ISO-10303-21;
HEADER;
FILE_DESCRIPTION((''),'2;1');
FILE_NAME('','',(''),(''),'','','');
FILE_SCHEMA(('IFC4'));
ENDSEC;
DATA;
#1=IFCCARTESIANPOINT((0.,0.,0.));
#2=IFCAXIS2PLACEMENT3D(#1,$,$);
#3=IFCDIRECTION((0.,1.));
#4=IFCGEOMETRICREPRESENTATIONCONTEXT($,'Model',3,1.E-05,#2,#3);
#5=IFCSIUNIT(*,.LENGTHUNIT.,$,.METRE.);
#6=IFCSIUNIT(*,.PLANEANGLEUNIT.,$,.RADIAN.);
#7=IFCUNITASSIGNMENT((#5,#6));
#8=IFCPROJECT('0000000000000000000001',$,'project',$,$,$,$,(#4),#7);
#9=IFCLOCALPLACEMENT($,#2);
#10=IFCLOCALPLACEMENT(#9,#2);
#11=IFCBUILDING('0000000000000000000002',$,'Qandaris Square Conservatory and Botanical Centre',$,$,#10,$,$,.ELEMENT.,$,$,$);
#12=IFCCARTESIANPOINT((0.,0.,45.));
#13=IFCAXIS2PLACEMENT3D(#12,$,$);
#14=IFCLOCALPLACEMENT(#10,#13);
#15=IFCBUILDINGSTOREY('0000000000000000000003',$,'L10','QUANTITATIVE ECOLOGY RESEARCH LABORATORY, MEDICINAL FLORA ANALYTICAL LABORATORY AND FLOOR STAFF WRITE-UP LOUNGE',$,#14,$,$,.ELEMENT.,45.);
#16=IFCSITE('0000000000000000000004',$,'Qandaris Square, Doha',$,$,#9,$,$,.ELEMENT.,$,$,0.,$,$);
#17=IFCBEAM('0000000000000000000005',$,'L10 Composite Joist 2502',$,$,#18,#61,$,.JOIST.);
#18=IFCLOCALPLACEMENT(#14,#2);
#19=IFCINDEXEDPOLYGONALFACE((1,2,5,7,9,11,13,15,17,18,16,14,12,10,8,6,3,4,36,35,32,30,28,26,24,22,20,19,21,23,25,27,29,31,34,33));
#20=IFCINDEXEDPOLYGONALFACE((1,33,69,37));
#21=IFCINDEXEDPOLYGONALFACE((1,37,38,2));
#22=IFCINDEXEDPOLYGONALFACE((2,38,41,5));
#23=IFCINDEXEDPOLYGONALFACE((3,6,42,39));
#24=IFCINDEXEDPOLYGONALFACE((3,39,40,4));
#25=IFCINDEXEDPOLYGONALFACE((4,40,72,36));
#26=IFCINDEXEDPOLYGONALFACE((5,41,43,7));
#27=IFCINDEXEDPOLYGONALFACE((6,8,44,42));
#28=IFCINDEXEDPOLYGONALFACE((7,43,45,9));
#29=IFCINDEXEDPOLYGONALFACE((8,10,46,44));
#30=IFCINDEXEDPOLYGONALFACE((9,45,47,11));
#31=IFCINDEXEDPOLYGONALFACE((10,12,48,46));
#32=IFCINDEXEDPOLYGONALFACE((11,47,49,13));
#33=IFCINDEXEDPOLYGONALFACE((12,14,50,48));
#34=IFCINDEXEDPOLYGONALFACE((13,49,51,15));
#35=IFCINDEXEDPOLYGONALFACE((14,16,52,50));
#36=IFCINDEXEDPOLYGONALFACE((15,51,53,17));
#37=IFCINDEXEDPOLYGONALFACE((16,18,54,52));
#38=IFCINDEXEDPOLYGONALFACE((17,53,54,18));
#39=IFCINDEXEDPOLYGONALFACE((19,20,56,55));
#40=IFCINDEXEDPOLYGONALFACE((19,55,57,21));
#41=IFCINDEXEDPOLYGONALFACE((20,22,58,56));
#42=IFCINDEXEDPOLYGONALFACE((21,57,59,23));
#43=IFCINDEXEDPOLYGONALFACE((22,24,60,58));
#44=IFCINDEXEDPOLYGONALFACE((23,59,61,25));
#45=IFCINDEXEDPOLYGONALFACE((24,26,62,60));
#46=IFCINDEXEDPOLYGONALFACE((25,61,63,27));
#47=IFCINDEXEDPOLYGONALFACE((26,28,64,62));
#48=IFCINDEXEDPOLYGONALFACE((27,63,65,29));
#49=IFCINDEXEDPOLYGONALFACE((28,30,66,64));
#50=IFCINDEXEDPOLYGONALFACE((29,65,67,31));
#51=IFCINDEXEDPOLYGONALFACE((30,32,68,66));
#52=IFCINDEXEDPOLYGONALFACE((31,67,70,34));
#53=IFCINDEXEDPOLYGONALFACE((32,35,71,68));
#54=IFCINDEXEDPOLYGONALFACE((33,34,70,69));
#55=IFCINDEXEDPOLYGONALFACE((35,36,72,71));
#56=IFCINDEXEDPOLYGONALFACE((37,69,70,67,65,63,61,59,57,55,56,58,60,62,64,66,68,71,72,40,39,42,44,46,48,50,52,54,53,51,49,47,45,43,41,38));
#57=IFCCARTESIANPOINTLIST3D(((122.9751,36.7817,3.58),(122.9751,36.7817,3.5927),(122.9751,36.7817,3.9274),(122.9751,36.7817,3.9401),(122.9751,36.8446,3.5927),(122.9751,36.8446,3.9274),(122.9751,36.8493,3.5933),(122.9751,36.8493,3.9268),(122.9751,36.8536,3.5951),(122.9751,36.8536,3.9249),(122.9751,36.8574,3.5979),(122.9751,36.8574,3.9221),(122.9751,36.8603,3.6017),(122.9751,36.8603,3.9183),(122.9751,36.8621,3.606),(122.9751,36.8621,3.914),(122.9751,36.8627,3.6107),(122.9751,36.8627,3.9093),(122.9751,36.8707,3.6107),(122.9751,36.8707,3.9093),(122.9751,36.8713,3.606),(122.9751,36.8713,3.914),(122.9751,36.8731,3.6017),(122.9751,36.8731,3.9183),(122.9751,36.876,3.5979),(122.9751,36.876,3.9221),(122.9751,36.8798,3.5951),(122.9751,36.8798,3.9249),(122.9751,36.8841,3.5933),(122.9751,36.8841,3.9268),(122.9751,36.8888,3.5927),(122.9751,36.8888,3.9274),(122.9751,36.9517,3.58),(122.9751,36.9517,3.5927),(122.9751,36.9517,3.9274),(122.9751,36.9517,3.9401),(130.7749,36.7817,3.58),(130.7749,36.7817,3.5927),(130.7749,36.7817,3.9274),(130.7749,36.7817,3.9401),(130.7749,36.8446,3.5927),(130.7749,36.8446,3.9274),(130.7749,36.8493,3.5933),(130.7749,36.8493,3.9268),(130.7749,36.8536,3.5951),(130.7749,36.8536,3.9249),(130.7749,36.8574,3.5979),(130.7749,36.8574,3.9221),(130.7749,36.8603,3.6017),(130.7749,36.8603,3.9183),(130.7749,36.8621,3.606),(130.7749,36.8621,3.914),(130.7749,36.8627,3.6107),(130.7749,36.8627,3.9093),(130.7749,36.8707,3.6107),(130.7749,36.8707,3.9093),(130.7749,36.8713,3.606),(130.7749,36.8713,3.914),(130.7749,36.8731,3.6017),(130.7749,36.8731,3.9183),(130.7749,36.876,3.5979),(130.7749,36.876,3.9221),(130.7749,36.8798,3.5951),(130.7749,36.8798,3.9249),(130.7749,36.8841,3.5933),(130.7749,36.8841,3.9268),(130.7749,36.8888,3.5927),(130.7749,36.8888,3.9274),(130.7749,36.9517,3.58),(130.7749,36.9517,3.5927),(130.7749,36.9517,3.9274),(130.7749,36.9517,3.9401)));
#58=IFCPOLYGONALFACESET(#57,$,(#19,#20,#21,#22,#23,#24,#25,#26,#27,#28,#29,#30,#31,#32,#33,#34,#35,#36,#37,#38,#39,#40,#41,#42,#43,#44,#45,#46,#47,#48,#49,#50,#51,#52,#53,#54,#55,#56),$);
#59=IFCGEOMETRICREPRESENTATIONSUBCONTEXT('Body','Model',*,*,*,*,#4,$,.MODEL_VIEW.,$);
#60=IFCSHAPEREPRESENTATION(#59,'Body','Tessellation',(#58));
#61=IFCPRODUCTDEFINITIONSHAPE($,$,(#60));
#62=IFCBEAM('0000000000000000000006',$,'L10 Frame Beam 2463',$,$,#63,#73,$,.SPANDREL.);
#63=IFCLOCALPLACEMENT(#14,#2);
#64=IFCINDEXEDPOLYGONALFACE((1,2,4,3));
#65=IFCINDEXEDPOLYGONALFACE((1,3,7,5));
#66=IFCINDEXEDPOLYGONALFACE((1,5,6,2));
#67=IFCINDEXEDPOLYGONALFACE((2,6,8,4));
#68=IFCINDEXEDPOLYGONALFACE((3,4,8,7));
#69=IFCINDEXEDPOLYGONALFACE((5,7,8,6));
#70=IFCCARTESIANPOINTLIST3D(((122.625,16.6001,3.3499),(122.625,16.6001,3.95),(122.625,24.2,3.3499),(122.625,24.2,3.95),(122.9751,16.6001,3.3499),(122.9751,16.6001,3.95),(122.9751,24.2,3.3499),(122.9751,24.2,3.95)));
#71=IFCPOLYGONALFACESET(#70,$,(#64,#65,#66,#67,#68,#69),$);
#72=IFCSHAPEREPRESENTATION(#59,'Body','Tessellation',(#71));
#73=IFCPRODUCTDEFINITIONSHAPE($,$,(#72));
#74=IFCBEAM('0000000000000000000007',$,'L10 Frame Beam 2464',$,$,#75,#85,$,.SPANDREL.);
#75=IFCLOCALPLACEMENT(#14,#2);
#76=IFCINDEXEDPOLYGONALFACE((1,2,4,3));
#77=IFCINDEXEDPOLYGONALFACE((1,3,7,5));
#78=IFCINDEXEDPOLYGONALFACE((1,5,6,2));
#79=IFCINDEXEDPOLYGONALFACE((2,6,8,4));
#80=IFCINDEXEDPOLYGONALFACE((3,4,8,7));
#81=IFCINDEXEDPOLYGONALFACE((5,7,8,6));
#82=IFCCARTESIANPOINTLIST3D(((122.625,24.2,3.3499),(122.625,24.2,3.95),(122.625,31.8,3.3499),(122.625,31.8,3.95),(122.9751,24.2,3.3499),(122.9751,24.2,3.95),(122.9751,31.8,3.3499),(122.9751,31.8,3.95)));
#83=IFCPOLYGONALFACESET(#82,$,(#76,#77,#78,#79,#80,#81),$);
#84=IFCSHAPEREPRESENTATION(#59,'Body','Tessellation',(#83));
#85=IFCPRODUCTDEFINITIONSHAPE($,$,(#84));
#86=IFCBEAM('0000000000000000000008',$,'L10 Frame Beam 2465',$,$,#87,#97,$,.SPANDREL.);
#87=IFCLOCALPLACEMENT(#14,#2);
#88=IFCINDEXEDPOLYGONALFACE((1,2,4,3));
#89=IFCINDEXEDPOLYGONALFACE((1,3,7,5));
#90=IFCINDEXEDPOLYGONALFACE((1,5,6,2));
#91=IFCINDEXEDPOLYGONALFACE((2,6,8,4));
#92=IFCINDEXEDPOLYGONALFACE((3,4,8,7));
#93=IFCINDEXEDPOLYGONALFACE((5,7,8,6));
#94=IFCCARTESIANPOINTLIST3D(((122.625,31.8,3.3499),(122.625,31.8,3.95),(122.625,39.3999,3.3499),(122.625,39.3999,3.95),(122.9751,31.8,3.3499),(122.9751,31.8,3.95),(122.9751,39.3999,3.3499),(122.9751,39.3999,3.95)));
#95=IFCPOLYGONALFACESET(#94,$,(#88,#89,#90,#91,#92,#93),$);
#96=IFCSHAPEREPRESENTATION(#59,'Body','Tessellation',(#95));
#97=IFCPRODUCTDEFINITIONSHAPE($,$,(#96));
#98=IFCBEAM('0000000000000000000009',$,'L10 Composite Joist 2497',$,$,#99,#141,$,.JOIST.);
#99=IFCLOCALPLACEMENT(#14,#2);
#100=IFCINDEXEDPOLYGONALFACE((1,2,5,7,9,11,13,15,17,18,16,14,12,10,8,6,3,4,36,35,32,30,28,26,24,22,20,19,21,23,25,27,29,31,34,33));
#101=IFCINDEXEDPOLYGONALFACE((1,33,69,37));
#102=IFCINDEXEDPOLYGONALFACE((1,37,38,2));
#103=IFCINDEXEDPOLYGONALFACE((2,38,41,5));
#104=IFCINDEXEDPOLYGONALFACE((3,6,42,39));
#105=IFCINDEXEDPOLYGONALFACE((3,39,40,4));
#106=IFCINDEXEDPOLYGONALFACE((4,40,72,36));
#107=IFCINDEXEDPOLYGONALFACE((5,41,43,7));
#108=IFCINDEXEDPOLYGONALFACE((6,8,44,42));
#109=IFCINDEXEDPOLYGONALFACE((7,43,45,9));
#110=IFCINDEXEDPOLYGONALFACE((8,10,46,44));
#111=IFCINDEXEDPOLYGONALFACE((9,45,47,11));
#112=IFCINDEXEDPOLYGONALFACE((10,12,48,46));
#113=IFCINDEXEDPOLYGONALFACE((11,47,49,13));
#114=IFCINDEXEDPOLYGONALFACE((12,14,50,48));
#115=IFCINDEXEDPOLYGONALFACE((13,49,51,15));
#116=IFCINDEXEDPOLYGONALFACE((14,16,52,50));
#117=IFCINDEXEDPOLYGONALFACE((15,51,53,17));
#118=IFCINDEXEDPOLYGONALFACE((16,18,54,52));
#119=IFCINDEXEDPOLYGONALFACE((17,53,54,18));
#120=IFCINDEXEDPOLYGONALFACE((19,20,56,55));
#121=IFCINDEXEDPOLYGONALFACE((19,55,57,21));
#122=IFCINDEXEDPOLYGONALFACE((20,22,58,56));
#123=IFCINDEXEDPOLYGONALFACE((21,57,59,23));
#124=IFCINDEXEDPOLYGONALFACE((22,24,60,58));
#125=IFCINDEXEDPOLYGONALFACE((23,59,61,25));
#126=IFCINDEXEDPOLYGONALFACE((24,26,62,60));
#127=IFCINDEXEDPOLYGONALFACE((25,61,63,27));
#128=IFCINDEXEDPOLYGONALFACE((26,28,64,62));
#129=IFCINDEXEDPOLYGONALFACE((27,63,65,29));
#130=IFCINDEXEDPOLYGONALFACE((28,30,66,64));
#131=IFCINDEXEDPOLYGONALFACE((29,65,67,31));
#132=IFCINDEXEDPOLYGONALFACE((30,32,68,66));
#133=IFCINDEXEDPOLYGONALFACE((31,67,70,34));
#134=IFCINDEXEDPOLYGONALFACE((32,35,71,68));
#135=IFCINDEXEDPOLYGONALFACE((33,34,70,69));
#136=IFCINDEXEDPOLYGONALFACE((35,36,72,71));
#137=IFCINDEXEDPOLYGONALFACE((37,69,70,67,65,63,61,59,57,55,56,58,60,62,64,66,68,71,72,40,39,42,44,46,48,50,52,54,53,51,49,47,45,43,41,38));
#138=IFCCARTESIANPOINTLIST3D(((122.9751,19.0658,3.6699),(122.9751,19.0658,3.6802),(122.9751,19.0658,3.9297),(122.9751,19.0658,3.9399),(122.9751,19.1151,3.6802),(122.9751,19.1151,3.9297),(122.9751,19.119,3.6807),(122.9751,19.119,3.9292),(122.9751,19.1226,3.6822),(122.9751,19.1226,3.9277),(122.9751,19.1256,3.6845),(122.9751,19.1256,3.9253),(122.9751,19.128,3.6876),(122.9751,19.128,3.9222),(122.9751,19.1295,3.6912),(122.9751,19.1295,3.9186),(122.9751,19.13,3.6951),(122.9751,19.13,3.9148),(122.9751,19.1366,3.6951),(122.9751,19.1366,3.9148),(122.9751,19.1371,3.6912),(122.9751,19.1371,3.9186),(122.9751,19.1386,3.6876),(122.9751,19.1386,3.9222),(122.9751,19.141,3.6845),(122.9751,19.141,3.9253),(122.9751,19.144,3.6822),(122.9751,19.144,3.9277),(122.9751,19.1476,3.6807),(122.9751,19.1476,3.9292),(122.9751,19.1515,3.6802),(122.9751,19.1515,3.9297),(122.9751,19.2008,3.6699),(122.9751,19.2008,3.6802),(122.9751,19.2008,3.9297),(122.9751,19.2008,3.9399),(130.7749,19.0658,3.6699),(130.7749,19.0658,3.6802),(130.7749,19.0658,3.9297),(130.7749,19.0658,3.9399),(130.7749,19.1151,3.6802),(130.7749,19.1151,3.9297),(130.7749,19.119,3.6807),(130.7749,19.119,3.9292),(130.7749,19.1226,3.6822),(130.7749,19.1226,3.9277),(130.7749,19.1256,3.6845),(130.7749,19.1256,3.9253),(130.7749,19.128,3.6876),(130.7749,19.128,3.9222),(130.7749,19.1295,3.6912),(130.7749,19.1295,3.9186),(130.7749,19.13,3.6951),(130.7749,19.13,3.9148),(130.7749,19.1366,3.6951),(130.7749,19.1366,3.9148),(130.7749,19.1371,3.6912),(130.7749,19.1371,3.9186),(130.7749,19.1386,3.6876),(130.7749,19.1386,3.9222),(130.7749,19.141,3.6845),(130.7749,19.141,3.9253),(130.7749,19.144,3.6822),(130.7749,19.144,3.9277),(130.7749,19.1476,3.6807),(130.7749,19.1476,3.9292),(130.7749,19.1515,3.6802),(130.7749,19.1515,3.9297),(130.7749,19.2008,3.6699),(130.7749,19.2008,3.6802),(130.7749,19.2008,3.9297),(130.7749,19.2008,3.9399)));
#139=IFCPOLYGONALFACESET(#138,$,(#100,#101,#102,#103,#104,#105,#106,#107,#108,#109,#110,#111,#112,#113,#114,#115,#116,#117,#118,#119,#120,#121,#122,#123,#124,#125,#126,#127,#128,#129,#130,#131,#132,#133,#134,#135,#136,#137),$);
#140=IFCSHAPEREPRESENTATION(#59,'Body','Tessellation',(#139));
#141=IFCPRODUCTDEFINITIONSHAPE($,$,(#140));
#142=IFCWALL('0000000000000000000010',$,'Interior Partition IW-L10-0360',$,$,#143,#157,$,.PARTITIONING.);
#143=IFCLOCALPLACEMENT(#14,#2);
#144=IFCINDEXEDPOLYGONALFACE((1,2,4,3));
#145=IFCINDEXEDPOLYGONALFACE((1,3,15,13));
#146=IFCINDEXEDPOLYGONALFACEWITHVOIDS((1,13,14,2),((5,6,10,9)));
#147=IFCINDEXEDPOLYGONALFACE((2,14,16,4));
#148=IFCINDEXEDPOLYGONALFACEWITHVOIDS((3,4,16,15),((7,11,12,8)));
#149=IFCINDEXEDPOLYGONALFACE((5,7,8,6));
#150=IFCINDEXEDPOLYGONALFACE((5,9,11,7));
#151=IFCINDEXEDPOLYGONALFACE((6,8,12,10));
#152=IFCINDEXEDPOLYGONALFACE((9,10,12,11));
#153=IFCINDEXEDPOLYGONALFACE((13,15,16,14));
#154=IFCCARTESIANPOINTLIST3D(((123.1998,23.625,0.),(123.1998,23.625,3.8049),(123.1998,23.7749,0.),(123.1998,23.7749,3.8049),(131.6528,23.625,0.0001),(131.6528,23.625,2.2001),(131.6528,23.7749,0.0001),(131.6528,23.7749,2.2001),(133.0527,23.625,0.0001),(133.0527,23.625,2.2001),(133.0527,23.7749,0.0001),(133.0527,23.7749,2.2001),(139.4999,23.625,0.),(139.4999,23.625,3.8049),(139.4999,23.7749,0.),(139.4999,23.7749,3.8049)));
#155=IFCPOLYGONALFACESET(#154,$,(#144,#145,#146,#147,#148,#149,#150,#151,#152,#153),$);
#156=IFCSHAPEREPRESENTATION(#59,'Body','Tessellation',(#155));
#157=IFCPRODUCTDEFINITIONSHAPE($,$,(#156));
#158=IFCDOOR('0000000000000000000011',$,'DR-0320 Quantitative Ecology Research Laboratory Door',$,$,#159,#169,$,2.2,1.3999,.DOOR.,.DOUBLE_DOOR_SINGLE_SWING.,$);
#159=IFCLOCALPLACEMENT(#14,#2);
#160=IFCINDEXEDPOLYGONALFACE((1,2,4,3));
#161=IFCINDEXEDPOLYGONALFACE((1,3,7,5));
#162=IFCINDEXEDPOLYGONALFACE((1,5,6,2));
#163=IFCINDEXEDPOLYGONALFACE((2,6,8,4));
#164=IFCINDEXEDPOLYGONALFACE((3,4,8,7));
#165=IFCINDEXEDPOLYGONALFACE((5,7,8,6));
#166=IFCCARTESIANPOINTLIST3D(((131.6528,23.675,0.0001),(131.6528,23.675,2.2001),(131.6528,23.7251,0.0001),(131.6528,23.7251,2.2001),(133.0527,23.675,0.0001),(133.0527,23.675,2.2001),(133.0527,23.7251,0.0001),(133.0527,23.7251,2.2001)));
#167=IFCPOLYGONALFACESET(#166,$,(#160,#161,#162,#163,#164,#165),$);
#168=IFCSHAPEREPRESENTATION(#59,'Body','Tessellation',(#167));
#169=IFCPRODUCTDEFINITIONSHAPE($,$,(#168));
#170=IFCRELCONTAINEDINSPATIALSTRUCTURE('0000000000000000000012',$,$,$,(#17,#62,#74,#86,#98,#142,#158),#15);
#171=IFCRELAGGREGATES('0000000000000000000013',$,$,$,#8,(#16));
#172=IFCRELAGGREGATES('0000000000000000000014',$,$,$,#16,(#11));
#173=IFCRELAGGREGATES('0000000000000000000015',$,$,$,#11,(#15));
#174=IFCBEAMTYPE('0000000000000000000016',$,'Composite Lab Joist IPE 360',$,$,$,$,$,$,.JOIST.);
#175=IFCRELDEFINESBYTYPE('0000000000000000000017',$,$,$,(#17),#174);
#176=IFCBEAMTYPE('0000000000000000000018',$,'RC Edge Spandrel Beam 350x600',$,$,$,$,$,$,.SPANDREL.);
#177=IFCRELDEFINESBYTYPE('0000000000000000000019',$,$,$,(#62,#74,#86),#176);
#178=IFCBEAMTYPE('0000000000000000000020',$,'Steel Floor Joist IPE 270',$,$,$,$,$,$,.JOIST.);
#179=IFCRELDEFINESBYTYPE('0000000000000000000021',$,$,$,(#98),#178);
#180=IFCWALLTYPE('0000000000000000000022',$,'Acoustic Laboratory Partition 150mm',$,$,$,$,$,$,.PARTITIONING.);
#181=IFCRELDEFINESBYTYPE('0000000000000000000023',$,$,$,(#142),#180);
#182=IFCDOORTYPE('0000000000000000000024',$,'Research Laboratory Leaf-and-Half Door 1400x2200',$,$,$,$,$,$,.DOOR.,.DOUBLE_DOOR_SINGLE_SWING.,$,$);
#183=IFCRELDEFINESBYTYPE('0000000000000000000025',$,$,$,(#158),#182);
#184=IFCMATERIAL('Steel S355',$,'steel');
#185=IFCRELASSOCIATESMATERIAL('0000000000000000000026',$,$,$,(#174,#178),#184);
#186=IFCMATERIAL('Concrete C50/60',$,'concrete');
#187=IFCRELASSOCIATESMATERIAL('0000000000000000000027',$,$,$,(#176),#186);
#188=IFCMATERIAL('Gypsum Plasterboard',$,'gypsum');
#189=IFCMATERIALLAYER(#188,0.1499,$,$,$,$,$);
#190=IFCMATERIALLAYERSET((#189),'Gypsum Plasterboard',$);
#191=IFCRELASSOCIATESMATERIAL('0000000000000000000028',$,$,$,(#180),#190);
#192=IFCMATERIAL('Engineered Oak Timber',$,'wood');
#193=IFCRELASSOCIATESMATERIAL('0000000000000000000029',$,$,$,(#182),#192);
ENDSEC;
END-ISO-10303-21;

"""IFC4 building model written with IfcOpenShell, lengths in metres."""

from ifc_helpers import new_model, si_unit, direction, frame, frame_2d, origin, origin_2d, place, context, subcontext, project, spatial, rectangle, i_section, extrude, material, layer, layer_set, material_profile, profile_set, type_object, element, fill, save


model = new_model("IFC4")

# Units and contexts
model_context = context("Model", 3, precision=1e-05, world=origin(), true_north=direction((0.0, 1.0)))
body_context = subcontext(model_context, "Body", "Model", "MODEL_VIEW")
ifc_project = project(units=[si_unit("LENGTHUNIT", "METRE"), si_unit("PLANEANGLEUNIT", "RADIAN")], contexts=[model_context])

# Site, building, storey
site_placement = place(None, origin())
site = spatial("IfcSite", under=ifc_project, at=site_placement, Name="Qandaris Square, Doha", CompositionType="ELEMENT", RefElevation=0.0)
building_placement = place(site_placement, origin())
building = spatial("IfcBuilding", under=site, at=building_placement, Name="Qandaris Square Conservatory and Botanical Centre", CompositionType="ELEMENT")
storey_placement = place(building_placement, frame((0.0, 0.0, 45.0)))
storey = spatial("IfcBuildingStorey", under=building, at=storey_placement, Name="L10", Description="QUANTITATIVE ECOLOGY RESEARCH LABORATORY, MEDICINAL FLORA ANALYTICAL LABORATORY AND FLOOR STAFF WRITE-UP LOUNGE", CompositionType="ELEMENT", Elevation=45.0)

# Beams
ifc_material_1 = material(Name="Steel S355", Category="steel")
ifc_material_profile_1 = material_profile(ifc_material_1, i_section(OverallWidth=0.1699, OverallDepth=0.3601, WebThickness=0.0081, FlangeThickness=0.0127, FilletRadius=0.0181, at=origin_2d()), Name="IPE 360")
ifc_profile_set_1 = profile_set([ifc_material_profile_1], Name="Steel S355")
beam_type_1 = type_object("IfcBeamType", Name="Composite Lab Joist IPE 360", PredefinedType="JOIST", material=ifc_profile_set_1)
beam_1_placement = place(storey_placement, frame((122.9751, 36.8667, 3.76), z_axis=(1.0, 0.0, 0.0), x_axis=(0.0, 1.0, 0.0)))
element("IfcBeam", 1, at=beam_1_placement, inside=storey, type_object=beam_type_1, Name="L10 Composite Joist 2502", PredefinedType="JOIST", context=body_context, shape_type="SweptSolid", body=[
    extrude(i_section(OverallWidth=0.1699, OverallDepth=0.3601, WebThickness=0.0081, FlangeThickness=0.0127, FilletRadius=0.0181, at=origin_2d()), origin(), (0.0, 0.0, 1.0), 7.7998),
])
ifc_material_2 = material(Name="Concrete C50/60", Category="concrete")
ifc_material_profile_2 = material_profile(ifc_material_2, rectangle(XDim=0.3501, YDim=0.6001, at=origin_2d()), Name="RC-SP 350x600")
ifc_profile_set_2 = profile_set([ifc_material_profile_2], Name="Concrete C50/60")
beam_type_2 = type_object("IfcBeamType", Name="RC Edge Spandrel Beam 350x600", PredefinedType="SPANDREL", material=ifc_profile_set_2)
beam_2_placement = place(storey_placement, frame((122.8, 16.6001, 3.6499), z_axis=(0.0, 1.0, 0.0), x_axis=(-1.0, 0.0, 0.0)))
element("IfcBeam", 2, at=beam_2_placement, inside=storey, type_object=beam_type_2, Name="L10 Frame Beam 2463", PredefinedType="SPANDREL", context=body_context, shape_type="SweptSolid", body=[
    extrude(rectangle(XDim=0.3501, YDim=0.6001, at=origin_2d()), origin(), (0.0, 0.0, 1.0), 7.5999),
])
beam_3_placement = place(storey_placement, frame((122.8, 24.2, 3.6499), z_axis=(0.0, 1.0, 0.0), x_axis=(-1.0, 0.0, 0.0)))
element("IfcBeam", 3, at=beam_3_placement, inside=storey, type_object=beam_type_2, Name="L10 Frame Beam 2464", PredefinedType="SPANDREL", context=body_context, shape_type="SweptSolid", body=[
    extrude(rectangle(XDim=0.3501, YDim=0.6001, at=origin_2d()), origin(), (0.0, 0.0, 1.0), 7.6001),
])
beam_4_placement = place(storey_placement, frame((122.8, 31.8, 3.6499), z_axis=(0.0, 1.0, 0.0), x_axis=(-1.0, 0.0, 0.0)))
element("IfcBeam", 4, at=beam_4_placement, inside=storey, type_object=beam_type_2, Name="L10 Frame Beam 2465", PredefinedType="SPANDREL", context=body_context, shape_type="SweptSolid", body=[
    extrude(rectangle(XDim=0.3501, YDim=0.6001, at=origin_2d()), origin(), (0.0, 0.0, 1.0), 7.5999),
])
ifc_material_profile_3 = material_profile(ifc_material_1, i_section(OverallWidth=0.135, OverallDepth=0.27, WebThickness=0.0066, FlangeThickness=0.0103, FilletRadius=0.0149, at=origin_2d()), Name="IPE 270")
ifc_profile_set_3 = profile_set([ifc_material_profile_3], Name="Steel S355")
beam_type_3 = type_object("IfcBeamType", Name="Steel Floor Joist IPE 270", PredefinedType="JOIST", material=ifc_profile_set_3)
beam_5_placement = place(storey_placement, frame((122.9751, 19.1333, 3.8049), z_axis=(1.0, 0.0, 0.0), x_axis=(0.0, 1.0, 0.0)))
element("IfcBeam", 5, at=beam_5_placement, inside=storey, type_object=beam_type_3, Name="L10 Composite Joist 2497", PredefinedType="JOIST", context=body_context, shape_type="SweptSolid", body=[
    extrude(i_section(OverallWidth=0.135, OverallDepth=0.27, WebThickness=0.0066, FlangeThickness=0.0103, FilletRadius=0.0149, at=origin_2d()), origin(), (0.0, 0.0, 1.0), 7.7998),
])

# Wall, opening, door
ifc_material_3 = material(Name="Gypsum Plasterboard", Category="gypsum")
ifc_layer_1 = layer(ifc_material_3, 0.1499)
ifc_layer_set_1 = layer_set([ifc_layer_1], Name="Gypsum Plasterboard")
wall_type_1 = type_object("IfcWallType", Name="Acoustic Laboratory Partition 150mm", PredefinedType="PARTITIONING", material=ifc_layer_set_1)
wall_1_placement = place(storey_placement, frame((123.2, 23.7, 0.0), z_axis=(0.0, 0.0, 1.0), x_axis=(1.0, 0.0, 0.0)))
wall_1 = element("IfcWall", 6, at=wall_1_placement, inside=storey, type_object=wall_type_1, Name="Interior Partition IW-L10-0360", PredefinedType="PARTITIONING", context=body_context, shape_type="SweptSolid", body=[
    extrude(rectangle(XDim=16.3, YDim=0.1499, at=frame_2d((8.1499, 0.0))), origin(), (0.0, 0.0, 1.0), 3.8049),
])
opening_1_placement = place(wall_1_placement, frame((8.4529, 0.0, 0.0)))
opening_1 = element("IfcOpeningElement", 7, at=opening_1_placement, cuts=wall_1, PredefinedType="OPENING", context=body_context, shape_type="SweptSolid", body=[
    extrude(rectangle(XDim=1.3999, YDim=2.2, at=frame_2d((0.7, 1.1001))), frame((0.0, 0.0869, 0.0), z_axis=(0.0, -1.0, 0.0), x_axis=(1.0, 0.0, 0.0)), (0.0, 0.0, 1.0), 0.1738),
])
ifc_material_4 = material(Name="Engineered Oak Timber", Category="wood")
door_type = type_object("IfcDoorType", Name="Research Laboratory Leaf-and-Half Door 1400x2200", OperationType="DOUBLE_DOOR_SINGLE_SWING", PredefinedType="DOOR", material=ifc_material_4)
door_placement = place(opening_1_placement, frame((1.3999, 0.0, 0.0), z_axis=(0.0, 0.0, 1.0), x_axis=(-1.0, 0.0, 0.0)))
door = element("IfcDoor", 8, at=door_placement, inside=storey, type_object=door_type, Name="DR-0320 Quantitative Ecology Research Laboratory Door", OperationType="DOUBLE_DOOR_SINGLE_SWING", OverallHeight=2.2, OverallWidth=1.3999, PredefinedType="DOOR", context=body_context, shape_type="SweptSolid", body=[
    extrude(rectangle(XDim=1.3999, YDim=2.2, at=frame_2d((0.7, 1.1001))), frame((0.0, 0.0249, 0.0), z_axis=(0.0, -1.0, 0.0), x_axis=(1.0, 0.0, 0.0)), (0.0, 0.0, 1.0), 0.05),
])
fill(opening_1, door)

save(model, "model.ifc")
